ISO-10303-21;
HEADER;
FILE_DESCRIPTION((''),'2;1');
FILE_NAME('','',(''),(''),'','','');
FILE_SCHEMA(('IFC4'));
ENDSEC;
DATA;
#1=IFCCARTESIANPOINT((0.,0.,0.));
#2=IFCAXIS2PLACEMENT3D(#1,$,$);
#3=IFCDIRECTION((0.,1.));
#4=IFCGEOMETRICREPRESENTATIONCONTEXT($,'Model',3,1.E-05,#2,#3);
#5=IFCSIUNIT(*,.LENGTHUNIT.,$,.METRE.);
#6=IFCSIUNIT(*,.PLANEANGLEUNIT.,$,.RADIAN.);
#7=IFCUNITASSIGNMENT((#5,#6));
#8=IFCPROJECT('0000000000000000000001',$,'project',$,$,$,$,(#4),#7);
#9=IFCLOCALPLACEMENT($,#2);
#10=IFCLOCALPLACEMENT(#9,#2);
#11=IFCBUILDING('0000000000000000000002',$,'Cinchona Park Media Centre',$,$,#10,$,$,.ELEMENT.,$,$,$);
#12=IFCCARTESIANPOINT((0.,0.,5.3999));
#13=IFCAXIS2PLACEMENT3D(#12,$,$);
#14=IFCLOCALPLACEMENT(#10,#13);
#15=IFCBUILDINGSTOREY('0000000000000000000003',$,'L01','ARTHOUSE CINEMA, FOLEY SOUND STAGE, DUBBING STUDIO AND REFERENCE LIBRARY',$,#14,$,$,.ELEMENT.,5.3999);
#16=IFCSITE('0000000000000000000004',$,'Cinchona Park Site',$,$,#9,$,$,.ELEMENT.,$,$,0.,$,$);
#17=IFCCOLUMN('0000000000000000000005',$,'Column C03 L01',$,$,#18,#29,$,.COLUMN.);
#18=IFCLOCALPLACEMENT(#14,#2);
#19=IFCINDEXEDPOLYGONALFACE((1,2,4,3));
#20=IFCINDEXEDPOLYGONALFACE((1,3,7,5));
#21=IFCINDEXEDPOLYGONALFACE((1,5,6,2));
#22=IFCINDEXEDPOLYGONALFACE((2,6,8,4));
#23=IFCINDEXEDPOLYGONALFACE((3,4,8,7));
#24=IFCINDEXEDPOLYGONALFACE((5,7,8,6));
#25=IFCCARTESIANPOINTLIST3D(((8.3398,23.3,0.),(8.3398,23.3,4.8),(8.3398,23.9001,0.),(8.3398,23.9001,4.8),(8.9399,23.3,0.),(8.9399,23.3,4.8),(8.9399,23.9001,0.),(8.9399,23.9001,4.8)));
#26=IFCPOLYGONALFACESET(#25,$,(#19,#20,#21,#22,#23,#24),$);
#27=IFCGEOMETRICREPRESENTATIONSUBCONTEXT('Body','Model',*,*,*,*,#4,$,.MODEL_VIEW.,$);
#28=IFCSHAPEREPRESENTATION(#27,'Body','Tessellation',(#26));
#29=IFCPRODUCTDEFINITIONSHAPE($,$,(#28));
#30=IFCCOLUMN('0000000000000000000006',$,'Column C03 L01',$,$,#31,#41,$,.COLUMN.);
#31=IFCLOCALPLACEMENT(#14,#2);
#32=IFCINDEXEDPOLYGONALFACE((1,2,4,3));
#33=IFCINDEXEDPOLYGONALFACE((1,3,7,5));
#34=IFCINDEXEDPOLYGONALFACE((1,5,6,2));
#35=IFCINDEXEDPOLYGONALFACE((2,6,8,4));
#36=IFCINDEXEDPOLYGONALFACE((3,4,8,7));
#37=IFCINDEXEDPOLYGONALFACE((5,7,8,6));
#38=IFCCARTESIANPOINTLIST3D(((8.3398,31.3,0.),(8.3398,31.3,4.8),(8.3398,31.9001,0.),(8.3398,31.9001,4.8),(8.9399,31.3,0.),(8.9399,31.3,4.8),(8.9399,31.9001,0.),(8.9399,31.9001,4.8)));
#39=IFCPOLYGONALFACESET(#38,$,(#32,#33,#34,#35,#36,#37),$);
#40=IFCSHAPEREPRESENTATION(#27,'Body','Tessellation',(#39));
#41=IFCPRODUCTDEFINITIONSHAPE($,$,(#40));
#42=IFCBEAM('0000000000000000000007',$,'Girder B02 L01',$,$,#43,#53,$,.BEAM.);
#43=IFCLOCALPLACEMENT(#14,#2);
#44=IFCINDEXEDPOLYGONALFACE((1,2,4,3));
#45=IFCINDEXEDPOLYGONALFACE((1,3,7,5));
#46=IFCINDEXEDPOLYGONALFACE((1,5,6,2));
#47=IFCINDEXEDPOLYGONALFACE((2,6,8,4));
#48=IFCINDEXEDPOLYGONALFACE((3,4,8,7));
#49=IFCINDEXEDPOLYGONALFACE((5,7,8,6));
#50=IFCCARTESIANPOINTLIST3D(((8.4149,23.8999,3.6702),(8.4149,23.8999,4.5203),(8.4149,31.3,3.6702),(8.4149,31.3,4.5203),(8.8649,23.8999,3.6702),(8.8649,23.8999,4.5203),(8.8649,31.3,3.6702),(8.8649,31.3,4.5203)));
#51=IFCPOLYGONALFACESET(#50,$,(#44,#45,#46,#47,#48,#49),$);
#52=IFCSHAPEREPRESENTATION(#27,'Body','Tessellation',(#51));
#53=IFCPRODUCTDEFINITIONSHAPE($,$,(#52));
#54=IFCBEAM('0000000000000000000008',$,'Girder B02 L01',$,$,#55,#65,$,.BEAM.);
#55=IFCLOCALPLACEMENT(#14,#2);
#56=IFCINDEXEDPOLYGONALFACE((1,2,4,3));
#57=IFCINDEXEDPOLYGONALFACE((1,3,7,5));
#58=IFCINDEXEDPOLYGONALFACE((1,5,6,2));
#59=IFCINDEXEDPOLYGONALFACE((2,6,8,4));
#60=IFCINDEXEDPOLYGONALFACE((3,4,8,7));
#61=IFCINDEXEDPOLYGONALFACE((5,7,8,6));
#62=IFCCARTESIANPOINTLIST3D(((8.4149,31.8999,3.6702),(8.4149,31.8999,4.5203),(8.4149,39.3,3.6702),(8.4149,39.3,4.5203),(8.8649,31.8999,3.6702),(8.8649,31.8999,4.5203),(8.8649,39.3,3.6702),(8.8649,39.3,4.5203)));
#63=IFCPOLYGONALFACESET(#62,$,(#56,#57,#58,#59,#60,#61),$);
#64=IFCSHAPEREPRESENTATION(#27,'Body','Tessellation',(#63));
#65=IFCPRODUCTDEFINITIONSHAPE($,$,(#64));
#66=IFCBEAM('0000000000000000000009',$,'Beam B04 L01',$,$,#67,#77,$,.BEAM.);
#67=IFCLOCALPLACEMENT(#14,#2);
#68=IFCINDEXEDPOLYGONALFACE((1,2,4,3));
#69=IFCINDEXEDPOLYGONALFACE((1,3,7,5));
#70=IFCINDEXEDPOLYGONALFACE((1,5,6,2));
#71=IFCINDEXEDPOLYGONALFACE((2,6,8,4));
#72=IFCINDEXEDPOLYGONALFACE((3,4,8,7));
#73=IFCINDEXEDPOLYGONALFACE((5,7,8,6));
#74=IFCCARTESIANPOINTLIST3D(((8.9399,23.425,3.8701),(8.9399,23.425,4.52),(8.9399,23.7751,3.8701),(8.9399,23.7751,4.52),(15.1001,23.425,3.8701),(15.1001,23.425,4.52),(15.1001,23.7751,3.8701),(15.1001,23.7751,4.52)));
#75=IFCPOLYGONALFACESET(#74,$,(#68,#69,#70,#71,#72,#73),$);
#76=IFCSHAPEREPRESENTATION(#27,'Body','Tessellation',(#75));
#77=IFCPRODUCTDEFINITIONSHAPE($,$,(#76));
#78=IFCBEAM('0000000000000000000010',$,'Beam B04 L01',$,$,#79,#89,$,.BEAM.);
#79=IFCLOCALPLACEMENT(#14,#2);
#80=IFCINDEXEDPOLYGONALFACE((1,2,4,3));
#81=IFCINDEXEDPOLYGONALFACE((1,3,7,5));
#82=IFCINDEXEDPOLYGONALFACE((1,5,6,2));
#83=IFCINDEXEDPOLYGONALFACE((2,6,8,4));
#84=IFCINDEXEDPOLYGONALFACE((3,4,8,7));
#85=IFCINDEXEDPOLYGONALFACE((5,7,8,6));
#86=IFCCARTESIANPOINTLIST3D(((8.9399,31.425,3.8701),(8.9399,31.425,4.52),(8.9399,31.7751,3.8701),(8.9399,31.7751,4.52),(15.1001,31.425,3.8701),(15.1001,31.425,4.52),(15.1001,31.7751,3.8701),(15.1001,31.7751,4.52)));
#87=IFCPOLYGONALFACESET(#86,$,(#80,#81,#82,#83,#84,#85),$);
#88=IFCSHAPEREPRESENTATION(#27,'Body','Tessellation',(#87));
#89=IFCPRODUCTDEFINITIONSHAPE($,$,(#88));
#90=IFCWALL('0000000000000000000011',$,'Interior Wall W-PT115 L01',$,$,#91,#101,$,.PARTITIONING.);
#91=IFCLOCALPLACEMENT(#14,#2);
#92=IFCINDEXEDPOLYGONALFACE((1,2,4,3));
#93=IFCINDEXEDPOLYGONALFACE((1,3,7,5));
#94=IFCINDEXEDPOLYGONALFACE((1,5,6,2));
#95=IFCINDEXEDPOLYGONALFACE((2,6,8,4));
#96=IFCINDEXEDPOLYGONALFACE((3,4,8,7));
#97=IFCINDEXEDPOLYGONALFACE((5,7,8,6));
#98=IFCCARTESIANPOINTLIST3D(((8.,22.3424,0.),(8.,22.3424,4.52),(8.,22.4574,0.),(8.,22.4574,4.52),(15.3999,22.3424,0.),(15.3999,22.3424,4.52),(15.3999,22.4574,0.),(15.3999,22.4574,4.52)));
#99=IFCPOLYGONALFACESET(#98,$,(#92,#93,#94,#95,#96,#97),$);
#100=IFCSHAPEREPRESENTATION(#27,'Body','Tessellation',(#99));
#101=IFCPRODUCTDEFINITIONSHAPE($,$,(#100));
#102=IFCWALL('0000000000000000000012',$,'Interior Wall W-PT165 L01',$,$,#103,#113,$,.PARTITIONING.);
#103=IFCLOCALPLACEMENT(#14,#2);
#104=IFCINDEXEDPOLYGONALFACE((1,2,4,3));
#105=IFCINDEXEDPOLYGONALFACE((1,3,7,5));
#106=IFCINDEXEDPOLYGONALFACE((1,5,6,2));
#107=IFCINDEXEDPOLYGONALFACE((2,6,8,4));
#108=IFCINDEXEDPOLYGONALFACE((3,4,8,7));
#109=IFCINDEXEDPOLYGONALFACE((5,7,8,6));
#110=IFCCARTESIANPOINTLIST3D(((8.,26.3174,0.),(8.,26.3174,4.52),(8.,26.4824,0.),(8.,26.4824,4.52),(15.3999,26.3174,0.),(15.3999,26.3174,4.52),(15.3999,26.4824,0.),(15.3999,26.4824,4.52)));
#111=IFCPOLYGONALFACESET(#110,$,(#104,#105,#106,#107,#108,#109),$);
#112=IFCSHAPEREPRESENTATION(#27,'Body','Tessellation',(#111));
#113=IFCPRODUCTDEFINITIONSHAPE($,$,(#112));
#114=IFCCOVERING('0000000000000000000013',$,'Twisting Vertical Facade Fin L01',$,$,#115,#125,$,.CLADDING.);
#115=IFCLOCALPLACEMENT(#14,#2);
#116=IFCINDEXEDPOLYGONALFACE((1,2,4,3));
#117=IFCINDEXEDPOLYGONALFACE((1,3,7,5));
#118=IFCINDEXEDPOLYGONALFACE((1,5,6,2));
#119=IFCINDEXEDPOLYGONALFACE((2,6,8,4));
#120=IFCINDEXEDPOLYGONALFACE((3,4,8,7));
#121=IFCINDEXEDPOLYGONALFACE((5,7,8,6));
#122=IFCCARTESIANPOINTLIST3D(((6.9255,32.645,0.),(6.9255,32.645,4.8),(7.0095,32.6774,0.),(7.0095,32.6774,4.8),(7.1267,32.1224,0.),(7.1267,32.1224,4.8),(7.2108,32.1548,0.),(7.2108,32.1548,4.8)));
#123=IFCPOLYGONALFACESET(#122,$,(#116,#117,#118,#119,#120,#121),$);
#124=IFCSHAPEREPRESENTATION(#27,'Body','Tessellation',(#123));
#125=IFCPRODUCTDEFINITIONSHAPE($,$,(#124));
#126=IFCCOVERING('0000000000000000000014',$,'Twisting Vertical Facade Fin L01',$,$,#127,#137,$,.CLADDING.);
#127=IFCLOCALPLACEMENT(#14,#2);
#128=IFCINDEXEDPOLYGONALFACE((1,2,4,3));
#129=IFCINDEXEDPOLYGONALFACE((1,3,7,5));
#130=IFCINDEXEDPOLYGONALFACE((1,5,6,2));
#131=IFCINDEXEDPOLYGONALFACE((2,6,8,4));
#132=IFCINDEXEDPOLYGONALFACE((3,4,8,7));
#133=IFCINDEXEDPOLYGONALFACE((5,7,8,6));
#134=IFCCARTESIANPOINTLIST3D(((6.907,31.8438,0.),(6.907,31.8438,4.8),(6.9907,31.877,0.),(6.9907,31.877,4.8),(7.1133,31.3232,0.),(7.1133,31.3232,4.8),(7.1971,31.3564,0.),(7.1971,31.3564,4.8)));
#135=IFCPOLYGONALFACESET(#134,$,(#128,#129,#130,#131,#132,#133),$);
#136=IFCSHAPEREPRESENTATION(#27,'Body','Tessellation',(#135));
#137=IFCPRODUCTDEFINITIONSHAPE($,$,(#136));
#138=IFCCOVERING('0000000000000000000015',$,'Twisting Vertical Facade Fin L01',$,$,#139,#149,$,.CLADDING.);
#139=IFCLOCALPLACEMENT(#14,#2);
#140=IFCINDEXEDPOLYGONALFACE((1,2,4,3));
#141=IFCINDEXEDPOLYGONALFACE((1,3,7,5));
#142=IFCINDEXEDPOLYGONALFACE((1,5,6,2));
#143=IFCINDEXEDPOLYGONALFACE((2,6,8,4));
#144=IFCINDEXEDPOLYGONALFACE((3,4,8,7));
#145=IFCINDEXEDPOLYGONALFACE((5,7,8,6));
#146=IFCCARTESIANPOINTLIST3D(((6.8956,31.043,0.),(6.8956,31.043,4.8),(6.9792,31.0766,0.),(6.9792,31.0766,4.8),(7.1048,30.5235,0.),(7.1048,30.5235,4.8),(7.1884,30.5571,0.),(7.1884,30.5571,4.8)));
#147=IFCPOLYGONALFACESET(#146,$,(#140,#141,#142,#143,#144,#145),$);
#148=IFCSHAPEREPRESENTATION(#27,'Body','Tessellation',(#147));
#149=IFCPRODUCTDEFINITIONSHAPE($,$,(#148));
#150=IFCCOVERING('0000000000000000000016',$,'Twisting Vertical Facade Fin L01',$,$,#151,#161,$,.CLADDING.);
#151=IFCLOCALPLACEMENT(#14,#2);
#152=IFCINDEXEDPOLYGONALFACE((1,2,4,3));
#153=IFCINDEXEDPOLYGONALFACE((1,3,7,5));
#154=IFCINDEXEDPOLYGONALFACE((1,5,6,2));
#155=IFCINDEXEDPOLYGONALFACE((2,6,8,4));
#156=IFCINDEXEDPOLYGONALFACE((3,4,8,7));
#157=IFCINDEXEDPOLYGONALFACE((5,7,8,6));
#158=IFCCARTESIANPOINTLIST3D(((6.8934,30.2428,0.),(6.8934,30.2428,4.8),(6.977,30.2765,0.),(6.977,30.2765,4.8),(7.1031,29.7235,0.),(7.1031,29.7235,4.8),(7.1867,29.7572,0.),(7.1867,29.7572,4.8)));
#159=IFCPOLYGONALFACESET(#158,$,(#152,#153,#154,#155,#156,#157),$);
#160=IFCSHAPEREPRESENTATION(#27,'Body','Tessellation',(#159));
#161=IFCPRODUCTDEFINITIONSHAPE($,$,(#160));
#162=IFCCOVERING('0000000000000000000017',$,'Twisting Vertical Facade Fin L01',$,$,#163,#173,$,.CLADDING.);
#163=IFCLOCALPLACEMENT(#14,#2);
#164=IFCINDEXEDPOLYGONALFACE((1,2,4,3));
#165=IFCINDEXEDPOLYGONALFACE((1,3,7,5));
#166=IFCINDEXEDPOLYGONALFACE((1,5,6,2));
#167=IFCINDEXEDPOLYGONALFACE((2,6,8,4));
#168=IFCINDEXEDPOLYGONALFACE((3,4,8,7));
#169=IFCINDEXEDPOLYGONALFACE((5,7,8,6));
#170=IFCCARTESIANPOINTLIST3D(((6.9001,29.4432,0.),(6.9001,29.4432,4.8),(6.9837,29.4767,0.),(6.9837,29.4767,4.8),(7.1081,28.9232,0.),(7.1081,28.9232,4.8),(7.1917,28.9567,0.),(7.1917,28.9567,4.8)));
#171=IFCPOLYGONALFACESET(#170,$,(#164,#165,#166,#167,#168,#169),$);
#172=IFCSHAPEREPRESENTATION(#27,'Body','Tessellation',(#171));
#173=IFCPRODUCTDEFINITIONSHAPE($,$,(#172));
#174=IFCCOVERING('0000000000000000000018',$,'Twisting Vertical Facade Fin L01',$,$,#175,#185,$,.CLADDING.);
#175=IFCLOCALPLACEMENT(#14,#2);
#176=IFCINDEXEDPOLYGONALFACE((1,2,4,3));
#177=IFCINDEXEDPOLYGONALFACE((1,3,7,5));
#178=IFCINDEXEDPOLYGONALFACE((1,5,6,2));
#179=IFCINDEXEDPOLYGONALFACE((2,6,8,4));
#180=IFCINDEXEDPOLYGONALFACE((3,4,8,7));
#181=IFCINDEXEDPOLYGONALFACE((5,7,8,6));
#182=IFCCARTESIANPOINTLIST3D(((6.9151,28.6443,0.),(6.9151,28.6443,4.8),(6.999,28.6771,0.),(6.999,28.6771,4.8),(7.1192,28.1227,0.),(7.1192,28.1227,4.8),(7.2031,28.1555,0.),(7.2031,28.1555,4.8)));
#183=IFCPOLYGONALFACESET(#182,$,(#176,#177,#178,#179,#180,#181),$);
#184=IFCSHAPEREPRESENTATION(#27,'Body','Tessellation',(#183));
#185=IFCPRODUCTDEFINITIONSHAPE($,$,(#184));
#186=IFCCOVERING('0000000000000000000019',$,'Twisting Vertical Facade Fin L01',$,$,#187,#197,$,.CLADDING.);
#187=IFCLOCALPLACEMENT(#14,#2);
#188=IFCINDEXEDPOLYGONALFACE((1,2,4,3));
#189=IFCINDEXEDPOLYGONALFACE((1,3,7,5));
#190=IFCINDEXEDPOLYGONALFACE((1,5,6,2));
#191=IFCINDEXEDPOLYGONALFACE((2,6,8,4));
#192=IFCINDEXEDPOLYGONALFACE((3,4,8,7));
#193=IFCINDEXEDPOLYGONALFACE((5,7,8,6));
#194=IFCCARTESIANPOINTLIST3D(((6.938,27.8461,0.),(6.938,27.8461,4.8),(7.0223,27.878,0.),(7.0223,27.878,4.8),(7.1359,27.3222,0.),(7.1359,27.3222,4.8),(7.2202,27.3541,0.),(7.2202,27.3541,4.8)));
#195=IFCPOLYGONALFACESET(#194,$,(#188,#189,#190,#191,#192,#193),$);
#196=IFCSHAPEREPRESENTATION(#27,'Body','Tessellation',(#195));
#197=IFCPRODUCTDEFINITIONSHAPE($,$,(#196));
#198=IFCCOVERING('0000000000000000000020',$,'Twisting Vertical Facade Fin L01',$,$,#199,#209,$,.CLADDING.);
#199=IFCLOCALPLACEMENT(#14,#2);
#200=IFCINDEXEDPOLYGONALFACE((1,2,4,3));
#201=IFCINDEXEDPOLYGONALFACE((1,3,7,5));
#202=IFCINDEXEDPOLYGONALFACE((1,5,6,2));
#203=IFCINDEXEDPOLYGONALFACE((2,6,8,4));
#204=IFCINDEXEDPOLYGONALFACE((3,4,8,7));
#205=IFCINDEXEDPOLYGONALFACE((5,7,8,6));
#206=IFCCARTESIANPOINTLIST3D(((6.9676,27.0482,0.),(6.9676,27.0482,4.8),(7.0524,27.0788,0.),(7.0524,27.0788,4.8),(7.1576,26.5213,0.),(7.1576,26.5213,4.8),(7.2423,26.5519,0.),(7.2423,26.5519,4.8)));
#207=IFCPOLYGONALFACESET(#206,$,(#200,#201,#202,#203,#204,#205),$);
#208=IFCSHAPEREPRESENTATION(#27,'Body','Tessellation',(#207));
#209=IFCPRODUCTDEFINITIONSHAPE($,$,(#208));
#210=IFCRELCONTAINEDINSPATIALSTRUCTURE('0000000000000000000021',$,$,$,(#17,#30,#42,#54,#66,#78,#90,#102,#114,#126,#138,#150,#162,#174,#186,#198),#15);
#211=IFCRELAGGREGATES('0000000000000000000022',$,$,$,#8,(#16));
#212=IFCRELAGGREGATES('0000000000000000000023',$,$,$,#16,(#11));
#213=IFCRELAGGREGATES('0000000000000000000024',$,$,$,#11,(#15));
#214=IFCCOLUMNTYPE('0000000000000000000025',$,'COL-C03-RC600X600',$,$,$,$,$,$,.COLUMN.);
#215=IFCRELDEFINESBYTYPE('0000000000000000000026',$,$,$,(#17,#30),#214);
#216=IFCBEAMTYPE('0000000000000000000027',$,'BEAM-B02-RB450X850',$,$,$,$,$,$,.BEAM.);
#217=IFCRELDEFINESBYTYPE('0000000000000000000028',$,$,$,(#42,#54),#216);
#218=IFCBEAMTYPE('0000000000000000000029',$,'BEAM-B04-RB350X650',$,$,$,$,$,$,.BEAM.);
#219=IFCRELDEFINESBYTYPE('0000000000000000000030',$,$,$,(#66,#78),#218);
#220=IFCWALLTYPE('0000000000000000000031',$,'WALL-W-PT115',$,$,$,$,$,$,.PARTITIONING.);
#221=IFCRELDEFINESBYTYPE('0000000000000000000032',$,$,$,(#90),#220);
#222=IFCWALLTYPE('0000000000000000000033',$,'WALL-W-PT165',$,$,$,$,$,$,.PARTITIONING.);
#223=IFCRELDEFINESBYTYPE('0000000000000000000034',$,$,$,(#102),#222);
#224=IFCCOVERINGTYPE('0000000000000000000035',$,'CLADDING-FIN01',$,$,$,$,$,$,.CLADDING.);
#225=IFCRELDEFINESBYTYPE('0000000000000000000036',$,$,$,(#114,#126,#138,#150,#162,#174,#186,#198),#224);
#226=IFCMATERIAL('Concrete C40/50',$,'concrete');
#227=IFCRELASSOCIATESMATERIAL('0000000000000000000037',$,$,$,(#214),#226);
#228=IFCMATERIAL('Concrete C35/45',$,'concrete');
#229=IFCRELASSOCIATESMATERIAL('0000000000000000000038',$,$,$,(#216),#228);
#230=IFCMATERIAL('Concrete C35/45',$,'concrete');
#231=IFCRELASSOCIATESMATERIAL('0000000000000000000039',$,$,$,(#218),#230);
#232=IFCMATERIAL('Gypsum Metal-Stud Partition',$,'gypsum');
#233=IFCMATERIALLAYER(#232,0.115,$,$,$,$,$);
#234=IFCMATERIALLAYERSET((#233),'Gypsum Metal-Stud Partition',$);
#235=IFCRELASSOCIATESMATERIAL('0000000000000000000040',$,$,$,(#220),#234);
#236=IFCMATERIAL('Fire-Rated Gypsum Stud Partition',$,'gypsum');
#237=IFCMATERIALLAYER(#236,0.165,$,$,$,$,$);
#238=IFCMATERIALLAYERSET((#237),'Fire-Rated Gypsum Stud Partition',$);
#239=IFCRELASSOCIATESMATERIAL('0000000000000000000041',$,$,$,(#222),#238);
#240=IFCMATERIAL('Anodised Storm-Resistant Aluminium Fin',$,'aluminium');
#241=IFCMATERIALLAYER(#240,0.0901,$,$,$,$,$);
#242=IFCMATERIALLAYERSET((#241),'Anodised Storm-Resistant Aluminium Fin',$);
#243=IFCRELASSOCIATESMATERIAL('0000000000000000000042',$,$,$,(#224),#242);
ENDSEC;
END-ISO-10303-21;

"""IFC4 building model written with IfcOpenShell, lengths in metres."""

from ifc_helpers import new_model, si_unit, direction, frame, frame_2d, origin, origin_2d, place, context, subcontext, project, spatial, rectangle, extrude, material, layer, layer_set, material_profile, profile_set, type_object, element, save


model = new_model("IFC4")

# Units and contexts
model_context = context("Model", 3, precision=1e-05, world=origin(), true_north=direction((0.0, 1.0)))
body_context = subcontext(model_context, "Body", "Model", "MODEL_VIEW")
ifc_project = project(units=[si_unit("LENGTHUNIT", "METRE"), si_unit("PLANEANGLEUNIT", "RADIAN")], contexts=[model_context])

# Site, building, storey
site_placement = place(None, origin())
site = spatial("IfcSite", under=ifc_project, at=site_placement, Name="Cinchona Park Site", CompositionType="ELEMENT", RefElevation=0.0)
building_placement = place(site_placement, origin())
building = spatial("IfcBuilding", under=site, at=building_placement, Name="Cinchona Park Media Centre", CompositionType="ELEMENT")
storey_placement = place(building_placement, frame((0.0, 0.0, 5.3999)))
storey = spatial("IfcBuildingStorey", under=building, at=storey_placement, Name="L01", Description="ARTHOUSE CINEMA, FOLEY SOUND STAGE, DUBBING STUDIO AND REFERENCE LIBRARY", CompositionType="ELEMENT", Elevation=5.3999)

# Columns
ifc_material_1 = material(Name="Concrete C40/50", Category="concrete")
ifc_material_profile_1 = material_profile(ifc_material_1, rectangle(XDim=0.6001, YDim=0.6001, at=origin_2d()), Name="RC 600X600")
ifc_profile_set_1 = profile_set([ifc_material_profile_1], Name="Concrete C40/50")
column_type = type_object("IfcColumnType", Name="COL-C03-RC600X600", PredefinedType="COLUMN", material=ifc_profile_set_1)
for number, where, z_axis, x_axis, name in (
    (1, (8.6399, 23.6001, 0.0), (0.0, 0.0, 1.0), (1.0, 0.0, 0.0), "Column C03 L01"),
    (2, (8.6399, 31.6001, 0.0), (0.0, 0.0, 1.0), (1.0, 0.0, 0.0), "Column C03 L01"),
):
    element("IfcColumn", number, at=place(storey_placement, frame(where, z_axis=z_axis, x_axis=x_axis)), inside=storey, type_object=column_type, Name=name, PredefinedType="COLUMN", context=body_context, shape_type="SweptSolid", body=[
        extrude(rectangle(XDim=0.6001, YDim=0.6001, at=origin_2d()), origin(), (0.0, 0.0, 1.0), 4.8),
    ])

# Beams
ifc_material_2 = material(Name="Concrete C35/45", Category="concrete")
ifc_material_profile_2 = material_profile(ifc_material_2, rectangle(XDim=0.45, YDim=0.8501, at=origin_2d()), Name="RB 450X850")
ifc_profile_set_2 = profile_set([ifc_material_profile_2], Name="Concrete C35/45")
beam_type_1 = type_object("IfcBeamType", Name="BEAM-B02-RB450X850", PredefinedType="BEAM", material=ifc_profile_set_2)
for number, where, z_axis, x_axis, name in (
    (3, (8.6399, 23.8999, 4.0952), (0.0, 1.0, 0.0), (-1.0, 0.0, 0.0), "Girder B02 L01"),
    (4, (8.6399, 31.8999, 4.0952), (0.0, 1.0, 0.0), (-1.0, 0.0, 0.0), "Girder B02 L01"),
):
    element("IfcBeam", number, at=place(storey_placement, frame(where, z_axis=z_axis, x_axis=x_axis)), inside=storey, type_object=beam_type_1, Name=name, PredefinedType="BEAM", context=body_context, shape_type="SweptSolid", body=[
        extrude(rectangle(XDim=0.45, YDim=0.8501, at=origin_2d()), origin(), (0.0, 0.0, 1.0), 7.4001),
    ])
ifc_material_3 = material(Name="Concrete C35/45", Category="concrete")
ifc_material_profile_3 = material_profile(ifc_material_3, rectangle(XDim=0.3501, YDim=0.6499, at=origin_2d()), Name="RB 350X650")
ifc_profile_set_3 = profile_set([ifc_material_profile_3], Name="Concrete C35/45")
beam_type_2 = type_object("IfcBeamType", Name="BEAM-B04-RB350X650", PredefinedType="BEAM", material=ifc_profile_set_3)
for number, where, z_axis, x_axis, name in (
    (5, (8.9399, 23.6001, 4.1951), (1.0, 0.0, 0.0), (0.0, 1.0, 0.0), "Beam B04 L01"),
    (6, (8.9399, 31.6001, 4.1951), (1.0, 0.0, 0.0), (0.0, 1.0, 0.0), "Beam B04 L01"),
):
    element("IfcBeam", number, at=place(storey_placement, frame(where, z_axis=z_axis, x_axis=x_axis)), inside=storey, type_object=beam_type_2, Name=name, PredefinedType="BEAM", context=body_context, shape_type="SweptSolid", body=[
        extrude(rectangle(XDim=0.3501, YDim=0.6499, at=origin_2d()), origin(), (0.0, 0.0, 1.0), 6.1602),
    ])

# Walls
ifc_material_4 = material(Name="Gypsum Metal-Stud Partition", Category="gypsum")
ifc_layer_1 = layer(ifc_material_4, 0.115)
ifc_layer_set_1 = layer_set([ifc_layer_1], Name="Gypsum Metal-Stud Partition")
wall_type_1 = type_object("IfcWallType", Name="WALL-W-PT115", PredefinedType="PARTITIONING", material=ifc_layer_set_1)
wall_1_placement = place(storey_placement, frame((8.0, 22.3999, 0.0), z_axis=(0.0, 0.0, 1.0), x_axis=(1.0, 0.0, 0.0)))
element("IfcWall", 7, at=wall_1_placement, inside=storey, type_object=wall_type_1, Name="Interior Wall W-PT115 L01", PredefinedType="PARTITIONING", context=body_context, shape_type="SweptSolid", body=[
    extrude(rectangle(XDim=7.3999, YDim=0.115, at=frame_2d((3.7, 0.0))), origin(), (0.0, 0.0, 1.0), 4.52),
])
ifc_material_5 = material(Name="Fire-Rated Gypsum Stud Partition", Category="gypsum")
ifc_layer_2 = layer(ifc_material_5, 0.165)
ifc_layer_set_2 = layer_set([ifc_layer_2], Name="Fire-Rated Gypsum Stud Partition")
wall_type_2 = type_object("IfcWallType", Name="WALL-W-PT165", PredefinedType="PARTITIONING", material=ifc_layer_set_2)
wall_2_placement = place(storey_placement, frame((8.0, 26.3999, 0.0), z_axis=(0.0, 0.0, 1.0), x_axis=(1.0, 0.0, 0.0)))
element("IfcWall", 8, at=wall_2_placement, inside=storey, type_object=wall_type_2, Name="Interior Wall W-PT165 L01", PredefinedType="PARTITIONING", context=body_context, shape_type="SweptSolid", body=[
    extrude(rectangle(XDim=7.3999, YDim=0.165, at=frame_2d((3.7, 0.0))), origin(), (0.0, 0.0, 1.0), 4.52),
])

# Coverings
ifc_material_6 = material(Name="Anodised Storm-Resistant Aluminium Fin", Category="aluminium")
ifc_layer_3 = layer(ifc_material_6, 0.0901)
ifc_layer_set_3 = layer_set([ifc_layer_3], Name="Anodised Storm-Resistant Aluminium Fin")
covering_type = type_object("IfcCoveringType", Name="CLADDING-FIN01", PredefinedType="CLADDING", material=ifc_layer_set_3)
for number, where, z_axis, x_axis, name in (
    (9, (7.0681, 32.3999, 0.0), (0.0, 0.0, 1.0), (0.359345, -0.933205, 0.0), "Twisting Vertical Facade Fin L01"),
    (10, (7.052, 31.6001, 0.0), (0.0, 0.0, 1.0), (0.368449, -0.929648, 0.0), "Twisting Vertical Facade Fin L01"),
    (11, (7.042, 30.8, 0.0), (0.0, 0.0, 1.0), (0.373474, -0.927641, 0.0), "Twisting Vertical Facade Fin L01"),
    (12, (7.04, 30.0, 0.0), (0.0, 0.0, 1.0), (0.374445, -0.927249, 0.0), "Twisting Vertical Facade Fin L01"),
    (13, (7.0459, 29.2, 0.0), (0.0, 0.0, 1.0), (0.371368, -0.928486, 0.0), "Twisting Vertical Facade Fin L01"),
    (14, (7.0591, 28.3999, 0.0), (0.0, 0.0, 1.0), (0.364389, -0.931247, 0.0), "Twisting Vertical Facade Fin L01"),
    (15, (7.0791, 27.6001, 0.0), (0.0, 0.0, 1.0), (0.353475, -0.935444, 0.0), "Twisting Vertical Facade Fin L01"),
    (16, (7.105, 26.8, 0.0), (0.0, 0.0, 1.0), (0.339231, -0.940703, 0.0), "Twisting Vertical Facade Fin L01"),
):
    element("IfcCovering", number, at=place(storey_placement, frame(where, z_axis=z_axis, x_axis=x_axis)), inside=storey, type_object=covering_type, Name=name, PredefinedType="CLADDING", context=body_context, shape_type="SweptSolid", body=[
        extrude(rectangle(XDim=0.5601, YDim=0.0901, at=origin_2d()), origin(), (0.0, 0.0, 1.0), 4.8),
    ])

save(model, "model.ifc")
